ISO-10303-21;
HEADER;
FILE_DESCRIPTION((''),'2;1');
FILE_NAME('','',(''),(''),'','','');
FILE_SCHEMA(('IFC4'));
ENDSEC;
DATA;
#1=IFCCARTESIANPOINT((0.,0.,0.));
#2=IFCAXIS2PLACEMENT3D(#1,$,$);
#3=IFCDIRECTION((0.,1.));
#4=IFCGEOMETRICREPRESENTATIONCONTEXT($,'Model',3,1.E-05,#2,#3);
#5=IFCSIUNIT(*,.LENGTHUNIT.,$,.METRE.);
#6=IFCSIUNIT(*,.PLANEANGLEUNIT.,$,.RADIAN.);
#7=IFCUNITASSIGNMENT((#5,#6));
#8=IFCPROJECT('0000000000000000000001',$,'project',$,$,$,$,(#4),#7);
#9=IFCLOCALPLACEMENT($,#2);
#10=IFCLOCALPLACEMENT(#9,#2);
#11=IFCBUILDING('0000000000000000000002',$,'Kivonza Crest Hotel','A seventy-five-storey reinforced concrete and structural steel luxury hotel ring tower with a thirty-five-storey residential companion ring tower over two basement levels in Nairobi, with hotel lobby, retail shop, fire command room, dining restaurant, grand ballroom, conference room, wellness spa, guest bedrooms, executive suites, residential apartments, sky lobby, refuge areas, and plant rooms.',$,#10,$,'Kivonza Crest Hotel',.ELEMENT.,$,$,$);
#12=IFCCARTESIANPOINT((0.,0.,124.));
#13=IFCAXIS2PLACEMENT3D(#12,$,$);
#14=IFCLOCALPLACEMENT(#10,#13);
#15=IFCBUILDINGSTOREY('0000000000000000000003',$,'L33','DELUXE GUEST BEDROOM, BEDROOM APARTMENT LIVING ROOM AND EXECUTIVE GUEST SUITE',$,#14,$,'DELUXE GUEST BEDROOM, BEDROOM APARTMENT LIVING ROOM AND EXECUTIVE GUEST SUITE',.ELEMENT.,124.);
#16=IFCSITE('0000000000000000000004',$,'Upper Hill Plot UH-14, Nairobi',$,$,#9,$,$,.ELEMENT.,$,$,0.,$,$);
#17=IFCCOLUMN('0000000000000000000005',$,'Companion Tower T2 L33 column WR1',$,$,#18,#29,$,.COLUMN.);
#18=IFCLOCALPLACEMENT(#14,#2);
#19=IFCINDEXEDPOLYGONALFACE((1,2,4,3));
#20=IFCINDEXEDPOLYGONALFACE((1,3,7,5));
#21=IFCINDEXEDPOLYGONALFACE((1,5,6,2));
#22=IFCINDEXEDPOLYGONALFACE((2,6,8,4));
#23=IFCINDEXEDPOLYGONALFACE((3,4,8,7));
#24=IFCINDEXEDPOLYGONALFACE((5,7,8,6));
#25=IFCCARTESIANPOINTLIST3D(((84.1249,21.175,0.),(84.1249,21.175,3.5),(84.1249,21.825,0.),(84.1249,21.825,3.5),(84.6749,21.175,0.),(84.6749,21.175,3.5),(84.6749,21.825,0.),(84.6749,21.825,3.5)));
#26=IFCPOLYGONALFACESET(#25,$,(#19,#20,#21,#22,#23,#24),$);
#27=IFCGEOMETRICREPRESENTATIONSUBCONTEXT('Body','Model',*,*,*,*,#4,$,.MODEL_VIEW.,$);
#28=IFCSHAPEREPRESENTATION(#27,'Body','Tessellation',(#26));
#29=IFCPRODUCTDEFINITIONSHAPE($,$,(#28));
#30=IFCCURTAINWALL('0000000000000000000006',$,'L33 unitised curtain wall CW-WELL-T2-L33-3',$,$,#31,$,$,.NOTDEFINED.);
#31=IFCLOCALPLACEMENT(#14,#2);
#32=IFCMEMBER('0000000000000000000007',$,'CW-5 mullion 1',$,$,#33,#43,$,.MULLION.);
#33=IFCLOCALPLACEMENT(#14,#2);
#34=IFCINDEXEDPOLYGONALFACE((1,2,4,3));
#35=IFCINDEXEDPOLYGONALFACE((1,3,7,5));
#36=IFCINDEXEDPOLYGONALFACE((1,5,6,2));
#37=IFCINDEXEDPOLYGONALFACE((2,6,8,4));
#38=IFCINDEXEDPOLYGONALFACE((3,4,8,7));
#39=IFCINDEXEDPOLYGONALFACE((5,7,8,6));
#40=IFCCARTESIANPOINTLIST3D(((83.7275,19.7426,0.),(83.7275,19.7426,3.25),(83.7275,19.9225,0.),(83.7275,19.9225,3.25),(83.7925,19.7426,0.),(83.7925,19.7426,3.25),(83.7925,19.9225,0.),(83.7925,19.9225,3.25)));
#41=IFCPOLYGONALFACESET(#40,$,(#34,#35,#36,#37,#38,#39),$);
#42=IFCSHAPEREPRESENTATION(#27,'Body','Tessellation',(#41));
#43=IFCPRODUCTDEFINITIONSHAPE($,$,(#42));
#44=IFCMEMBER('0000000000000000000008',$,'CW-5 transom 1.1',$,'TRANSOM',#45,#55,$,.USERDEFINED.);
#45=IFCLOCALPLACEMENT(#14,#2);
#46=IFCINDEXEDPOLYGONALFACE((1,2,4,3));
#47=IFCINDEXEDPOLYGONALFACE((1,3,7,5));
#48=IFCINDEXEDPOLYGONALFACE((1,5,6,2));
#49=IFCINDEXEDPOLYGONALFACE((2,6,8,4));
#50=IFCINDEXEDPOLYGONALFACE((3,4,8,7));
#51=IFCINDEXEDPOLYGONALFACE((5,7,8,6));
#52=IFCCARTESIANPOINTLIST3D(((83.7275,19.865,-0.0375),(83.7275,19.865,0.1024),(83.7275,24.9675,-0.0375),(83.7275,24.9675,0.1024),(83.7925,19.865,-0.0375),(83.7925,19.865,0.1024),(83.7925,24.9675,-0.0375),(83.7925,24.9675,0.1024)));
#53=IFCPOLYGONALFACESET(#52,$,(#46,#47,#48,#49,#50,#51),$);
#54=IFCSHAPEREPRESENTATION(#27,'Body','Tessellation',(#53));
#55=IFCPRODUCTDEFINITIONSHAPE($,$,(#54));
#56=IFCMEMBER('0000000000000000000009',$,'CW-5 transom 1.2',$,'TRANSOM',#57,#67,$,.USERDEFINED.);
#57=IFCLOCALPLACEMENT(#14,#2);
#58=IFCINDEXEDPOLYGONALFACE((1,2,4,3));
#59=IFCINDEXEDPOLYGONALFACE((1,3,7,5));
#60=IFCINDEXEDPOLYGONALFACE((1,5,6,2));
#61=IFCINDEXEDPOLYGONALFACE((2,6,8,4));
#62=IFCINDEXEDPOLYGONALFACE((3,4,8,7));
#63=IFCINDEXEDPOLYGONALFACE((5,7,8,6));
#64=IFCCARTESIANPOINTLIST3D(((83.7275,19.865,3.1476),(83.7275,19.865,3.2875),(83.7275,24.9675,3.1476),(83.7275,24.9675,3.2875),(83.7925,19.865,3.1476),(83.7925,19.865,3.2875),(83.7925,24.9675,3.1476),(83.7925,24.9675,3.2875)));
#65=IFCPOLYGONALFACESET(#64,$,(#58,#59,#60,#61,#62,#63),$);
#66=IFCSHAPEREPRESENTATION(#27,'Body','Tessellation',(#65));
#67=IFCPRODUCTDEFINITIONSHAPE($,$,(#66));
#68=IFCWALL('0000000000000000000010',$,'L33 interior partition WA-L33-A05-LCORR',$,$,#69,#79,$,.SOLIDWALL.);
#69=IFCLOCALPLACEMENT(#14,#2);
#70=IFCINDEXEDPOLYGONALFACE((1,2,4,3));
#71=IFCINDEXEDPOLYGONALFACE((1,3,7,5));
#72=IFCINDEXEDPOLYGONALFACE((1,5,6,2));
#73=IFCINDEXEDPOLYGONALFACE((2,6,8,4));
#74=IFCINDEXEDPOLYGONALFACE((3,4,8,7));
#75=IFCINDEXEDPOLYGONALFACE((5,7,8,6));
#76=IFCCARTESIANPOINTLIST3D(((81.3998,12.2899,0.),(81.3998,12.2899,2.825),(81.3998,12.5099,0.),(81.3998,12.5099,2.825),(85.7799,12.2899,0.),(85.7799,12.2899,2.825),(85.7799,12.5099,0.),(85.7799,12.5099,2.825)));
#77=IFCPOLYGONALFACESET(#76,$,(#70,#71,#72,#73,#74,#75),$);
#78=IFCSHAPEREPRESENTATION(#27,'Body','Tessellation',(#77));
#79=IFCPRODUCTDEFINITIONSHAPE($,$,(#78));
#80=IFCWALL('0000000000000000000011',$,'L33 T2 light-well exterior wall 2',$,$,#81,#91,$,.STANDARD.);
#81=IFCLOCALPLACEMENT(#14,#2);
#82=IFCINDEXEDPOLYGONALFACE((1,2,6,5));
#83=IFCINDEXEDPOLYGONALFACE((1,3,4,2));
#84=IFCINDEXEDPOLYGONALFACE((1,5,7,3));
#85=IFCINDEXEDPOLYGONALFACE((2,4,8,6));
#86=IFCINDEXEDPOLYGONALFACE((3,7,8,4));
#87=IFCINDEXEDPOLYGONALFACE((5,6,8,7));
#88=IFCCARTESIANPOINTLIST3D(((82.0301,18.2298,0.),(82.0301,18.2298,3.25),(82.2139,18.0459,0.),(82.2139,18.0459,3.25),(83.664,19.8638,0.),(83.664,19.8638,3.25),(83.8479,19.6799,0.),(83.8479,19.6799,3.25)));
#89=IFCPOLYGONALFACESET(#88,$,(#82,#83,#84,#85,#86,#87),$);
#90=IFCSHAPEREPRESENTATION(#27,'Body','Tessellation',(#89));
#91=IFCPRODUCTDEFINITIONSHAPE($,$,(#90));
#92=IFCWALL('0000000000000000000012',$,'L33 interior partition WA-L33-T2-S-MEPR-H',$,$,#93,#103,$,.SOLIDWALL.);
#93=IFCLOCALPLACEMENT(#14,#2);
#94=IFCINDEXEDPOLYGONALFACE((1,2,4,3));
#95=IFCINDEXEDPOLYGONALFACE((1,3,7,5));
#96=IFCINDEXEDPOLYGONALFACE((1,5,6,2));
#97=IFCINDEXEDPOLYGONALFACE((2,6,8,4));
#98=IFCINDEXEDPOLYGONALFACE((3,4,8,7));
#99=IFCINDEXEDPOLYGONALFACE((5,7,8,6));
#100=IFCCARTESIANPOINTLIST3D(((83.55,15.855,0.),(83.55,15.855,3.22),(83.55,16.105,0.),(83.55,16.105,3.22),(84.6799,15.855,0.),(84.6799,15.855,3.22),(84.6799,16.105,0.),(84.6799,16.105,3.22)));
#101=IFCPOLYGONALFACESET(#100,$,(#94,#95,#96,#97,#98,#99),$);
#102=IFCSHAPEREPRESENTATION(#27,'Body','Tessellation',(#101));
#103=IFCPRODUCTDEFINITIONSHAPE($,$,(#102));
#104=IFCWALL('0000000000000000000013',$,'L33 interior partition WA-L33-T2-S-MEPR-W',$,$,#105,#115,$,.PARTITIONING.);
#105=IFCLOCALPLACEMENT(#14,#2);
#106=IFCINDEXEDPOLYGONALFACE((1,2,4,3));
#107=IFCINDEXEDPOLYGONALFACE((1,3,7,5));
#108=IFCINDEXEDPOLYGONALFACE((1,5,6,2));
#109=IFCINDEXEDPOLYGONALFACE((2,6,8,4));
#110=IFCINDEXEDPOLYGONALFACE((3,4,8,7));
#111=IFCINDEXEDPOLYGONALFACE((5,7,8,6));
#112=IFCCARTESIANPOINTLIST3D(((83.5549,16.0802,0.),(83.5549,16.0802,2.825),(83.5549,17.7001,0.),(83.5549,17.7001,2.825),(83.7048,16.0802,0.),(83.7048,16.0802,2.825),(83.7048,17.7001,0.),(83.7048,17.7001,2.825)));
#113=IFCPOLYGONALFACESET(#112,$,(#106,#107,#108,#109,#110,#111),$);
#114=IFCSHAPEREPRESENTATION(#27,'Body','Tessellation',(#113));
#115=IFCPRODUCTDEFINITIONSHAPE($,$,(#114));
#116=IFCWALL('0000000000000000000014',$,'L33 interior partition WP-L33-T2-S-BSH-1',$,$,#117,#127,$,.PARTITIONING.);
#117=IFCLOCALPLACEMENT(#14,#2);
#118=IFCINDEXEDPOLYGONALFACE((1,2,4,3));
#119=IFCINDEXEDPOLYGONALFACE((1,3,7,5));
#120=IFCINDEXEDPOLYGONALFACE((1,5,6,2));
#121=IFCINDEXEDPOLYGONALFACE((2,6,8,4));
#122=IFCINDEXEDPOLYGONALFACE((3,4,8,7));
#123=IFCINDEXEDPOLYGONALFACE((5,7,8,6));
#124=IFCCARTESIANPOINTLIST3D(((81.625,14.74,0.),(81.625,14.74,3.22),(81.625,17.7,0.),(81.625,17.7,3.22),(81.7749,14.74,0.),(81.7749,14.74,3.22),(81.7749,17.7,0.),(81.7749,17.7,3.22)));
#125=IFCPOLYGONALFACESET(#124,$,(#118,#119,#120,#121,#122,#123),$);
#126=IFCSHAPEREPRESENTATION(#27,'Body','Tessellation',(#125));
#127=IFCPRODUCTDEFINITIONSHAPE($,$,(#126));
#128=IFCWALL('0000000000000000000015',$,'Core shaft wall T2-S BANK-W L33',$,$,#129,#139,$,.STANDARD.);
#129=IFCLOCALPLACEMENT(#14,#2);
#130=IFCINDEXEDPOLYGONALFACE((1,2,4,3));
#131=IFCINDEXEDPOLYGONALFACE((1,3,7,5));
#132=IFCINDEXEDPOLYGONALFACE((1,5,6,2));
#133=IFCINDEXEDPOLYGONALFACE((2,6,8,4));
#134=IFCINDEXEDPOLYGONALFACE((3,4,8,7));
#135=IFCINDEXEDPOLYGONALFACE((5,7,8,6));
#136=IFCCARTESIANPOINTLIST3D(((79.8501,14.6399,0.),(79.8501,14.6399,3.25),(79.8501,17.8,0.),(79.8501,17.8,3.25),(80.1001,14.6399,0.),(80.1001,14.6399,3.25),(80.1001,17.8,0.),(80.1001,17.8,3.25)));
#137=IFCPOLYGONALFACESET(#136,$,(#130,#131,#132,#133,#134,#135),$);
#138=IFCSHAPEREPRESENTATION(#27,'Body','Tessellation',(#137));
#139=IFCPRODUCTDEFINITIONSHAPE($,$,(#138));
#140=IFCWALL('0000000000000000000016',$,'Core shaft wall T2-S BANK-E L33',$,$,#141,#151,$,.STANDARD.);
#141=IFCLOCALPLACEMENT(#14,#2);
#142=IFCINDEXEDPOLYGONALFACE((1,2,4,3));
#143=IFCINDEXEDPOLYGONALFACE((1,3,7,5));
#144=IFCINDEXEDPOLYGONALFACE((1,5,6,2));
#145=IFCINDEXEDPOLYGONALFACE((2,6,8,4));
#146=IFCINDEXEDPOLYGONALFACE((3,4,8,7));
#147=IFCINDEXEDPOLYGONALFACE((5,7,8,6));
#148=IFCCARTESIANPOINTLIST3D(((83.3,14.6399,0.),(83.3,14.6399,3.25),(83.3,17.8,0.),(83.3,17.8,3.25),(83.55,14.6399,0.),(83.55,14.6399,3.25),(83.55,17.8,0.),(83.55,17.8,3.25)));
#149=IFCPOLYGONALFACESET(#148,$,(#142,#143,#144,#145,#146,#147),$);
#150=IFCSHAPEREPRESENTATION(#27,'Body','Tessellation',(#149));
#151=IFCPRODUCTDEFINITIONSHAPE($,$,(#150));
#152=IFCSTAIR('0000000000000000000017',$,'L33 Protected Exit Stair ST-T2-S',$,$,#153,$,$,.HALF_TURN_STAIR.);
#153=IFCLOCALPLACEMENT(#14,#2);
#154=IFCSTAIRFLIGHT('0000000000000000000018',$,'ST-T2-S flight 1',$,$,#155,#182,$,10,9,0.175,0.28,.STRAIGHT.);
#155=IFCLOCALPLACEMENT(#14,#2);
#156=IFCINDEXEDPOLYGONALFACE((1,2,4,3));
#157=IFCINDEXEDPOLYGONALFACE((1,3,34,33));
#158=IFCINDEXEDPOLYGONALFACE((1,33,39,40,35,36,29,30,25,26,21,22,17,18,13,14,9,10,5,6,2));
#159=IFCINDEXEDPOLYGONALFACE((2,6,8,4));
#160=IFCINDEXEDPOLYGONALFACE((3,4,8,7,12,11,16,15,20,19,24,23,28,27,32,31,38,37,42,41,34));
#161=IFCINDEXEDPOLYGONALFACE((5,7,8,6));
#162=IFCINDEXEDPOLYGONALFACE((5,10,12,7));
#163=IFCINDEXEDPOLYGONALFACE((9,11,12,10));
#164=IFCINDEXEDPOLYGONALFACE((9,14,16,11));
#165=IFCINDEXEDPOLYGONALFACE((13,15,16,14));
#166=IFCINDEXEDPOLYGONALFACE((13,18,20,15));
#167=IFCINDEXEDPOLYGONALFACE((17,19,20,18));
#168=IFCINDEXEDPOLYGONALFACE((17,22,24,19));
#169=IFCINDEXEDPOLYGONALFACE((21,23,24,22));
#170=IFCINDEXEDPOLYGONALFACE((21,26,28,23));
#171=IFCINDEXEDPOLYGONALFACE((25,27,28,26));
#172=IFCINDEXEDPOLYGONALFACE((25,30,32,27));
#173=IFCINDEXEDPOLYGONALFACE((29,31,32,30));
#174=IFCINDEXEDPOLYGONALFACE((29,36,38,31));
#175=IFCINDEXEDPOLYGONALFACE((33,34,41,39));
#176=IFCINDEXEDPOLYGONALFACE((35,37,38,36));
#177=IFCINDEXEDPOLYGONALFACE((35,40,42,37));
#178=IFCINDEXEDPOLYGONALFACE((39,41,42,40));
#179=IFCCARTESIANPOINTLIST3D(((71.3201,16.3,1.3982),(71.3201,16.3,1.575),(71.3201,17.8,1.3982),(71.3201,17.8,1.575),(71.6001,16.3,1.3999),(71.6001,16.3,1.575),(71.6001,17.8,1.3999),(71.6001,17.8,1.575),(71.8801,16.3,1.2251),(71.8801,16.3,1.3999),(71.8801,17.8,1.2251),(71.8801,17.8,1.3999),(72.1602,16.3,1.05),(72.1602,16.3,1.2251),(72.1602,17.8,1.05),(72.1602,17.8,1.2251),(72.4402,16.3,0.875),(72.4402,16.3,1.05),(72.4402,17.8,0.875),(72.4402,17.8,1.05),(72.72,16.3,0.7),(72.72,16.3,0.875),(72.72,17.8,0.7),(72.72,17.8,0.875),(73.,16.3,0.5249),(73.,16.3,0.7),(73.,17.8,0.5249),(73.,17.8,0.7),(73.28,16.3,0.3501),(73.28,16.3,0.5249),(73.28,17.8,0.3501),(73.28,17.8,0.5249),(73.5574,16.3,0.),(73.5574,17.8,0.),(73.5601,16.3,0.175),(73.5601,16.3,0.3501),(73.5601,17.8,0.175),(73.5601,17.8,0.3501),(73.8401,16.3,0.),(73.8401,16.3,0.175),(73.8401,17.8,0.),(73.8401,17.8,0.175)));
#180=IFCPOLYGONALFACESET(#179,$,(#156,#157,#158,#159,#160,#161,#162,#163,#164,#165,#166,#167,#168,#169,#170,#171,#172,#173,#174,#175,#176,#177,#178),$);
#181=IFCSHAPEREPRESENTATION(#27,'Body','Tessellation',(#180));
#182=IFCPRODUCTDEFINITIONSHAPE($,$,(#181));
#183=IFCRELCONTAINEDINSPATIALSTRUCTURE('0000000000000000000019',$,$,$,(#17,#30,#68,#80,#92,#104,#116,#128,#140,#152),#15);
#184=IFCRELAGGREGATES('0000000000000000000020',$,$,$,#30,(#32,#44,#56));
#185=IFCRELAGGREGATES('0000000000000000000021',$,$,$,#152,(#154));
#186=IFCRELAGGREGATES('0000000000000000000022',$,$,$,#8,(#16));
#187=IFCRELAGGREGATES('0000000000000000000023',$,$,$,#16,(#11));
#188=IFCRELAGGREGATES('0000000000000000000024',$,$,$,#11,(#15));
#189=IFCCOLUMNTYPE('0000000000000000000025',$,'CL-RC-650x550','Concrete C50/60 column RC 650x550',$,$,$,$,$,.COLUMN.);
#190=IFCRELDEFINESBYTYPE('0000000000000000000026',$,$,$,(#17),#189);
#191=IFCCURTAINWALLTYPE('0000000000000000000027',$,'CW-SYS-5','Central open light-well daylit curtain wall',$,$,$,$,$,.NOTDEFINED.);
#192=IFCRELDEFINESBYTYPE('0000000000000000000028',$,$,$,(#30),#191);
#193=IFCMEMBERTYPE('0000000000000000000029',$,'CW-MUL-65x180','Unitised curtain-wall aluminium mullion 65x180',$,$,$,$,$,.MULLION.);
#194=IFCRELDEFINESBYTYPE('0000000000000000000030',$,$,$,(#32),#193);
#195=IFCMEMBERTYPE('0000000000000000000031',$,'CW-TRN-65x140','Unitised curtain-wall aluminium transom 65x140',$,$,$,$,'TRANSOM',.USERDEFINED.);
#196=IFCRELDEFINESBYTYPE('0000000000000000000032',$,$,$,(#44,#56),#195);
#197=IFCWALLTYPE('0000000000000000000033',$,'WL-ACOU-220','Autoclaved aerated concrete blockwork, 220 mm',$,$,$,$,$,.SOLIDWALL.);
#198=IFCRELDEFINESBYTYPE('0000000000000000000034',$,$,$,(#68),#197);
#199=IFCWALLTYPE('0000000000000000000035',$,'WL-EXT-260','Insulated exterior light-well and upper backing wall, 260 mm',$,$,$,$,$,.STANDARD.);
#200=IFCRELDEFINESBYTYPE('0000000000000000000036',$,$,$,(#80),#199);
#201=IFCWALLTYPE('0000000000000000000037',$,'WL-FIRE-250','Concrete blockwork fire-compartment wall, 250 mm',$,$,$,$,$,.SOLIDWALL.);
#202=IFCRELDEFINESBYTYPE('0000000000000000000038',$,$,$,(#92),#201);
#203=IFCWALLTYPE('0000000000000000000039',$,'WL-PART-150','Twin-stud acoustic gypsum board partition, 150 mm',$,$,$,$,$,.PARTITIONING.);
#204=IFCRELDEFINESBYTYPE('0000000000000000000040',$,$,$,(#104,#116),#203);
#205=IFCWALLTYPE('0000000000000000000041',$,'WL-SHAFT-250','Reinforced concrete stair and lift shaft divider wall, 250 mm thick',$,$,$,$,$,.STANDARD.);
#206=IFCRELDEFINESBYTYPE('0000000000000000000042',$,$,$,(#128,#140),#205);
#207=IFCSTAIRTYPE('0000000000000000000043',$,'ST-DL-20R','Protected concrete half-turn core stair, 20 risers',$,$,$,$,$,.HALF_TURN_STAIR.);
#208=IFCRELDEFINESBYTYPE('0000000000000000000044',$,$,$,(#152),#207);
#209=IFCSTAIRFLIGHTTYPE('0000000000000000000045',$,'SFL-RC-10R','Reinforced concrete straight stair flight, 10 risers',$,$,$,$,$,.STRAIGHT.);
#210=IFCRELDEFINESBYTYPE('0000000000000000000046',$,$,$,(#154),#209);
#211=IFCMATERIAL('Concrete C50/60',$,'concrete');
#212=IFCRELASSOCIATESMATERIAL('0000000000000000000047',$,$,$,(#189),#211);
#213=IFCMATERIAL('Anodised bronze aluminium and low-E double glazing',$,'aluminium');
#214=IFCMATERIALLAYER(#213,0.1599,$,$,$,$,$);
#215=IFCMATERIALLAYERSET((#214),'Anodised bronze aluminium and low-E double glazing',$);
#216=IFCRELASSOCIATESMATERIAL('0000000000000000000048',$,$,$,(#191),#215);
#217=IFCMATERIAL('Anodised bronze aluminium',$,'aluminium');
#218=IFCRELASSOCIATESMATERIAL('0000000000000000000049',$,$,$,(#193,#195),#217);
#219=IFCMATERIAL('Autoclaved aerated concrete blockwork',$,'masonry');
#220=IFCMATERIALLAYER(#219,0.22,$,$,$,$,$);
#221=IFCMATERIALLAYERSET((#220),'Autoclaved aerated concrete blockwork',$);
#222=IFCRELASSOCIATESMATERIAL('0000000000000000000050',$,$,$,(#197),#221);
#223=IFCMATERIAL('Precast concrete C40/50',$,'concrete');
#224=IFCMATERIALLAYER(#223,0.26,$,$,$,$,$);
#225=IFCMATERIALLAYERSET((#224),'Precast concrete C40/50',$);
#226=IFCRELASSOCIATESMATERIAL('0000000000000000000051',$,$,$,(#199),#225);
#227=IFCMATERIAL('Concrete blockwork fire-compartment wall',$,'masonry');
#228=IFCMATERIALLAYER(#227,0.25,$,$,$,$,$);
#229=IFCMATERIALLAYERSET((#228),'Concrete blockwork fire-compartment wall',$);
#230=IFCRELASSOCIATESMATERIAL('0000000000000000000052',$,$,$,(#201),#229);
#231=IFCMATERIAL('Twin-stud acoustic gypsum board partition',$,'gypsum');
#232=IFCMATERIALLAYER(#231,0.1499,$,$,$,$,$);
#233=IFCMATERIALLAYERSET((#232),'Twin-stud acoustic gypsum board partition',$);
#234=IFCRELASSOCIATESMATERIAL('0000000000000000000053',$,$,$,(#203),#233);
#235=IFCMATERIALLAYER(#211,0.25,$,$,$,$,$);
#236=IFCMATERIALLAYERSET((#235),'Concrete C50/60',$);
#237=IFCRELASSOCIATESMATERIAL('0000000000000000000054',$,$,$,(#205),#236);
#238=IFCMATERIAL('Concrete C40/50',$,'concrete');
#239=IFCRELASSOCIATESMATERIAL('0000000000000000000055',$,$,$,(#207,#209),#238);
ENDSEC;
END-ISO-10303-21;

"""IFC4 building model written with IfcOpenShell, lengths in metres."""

from ifc_helpers import new_model, si_unit, direction, frame, frame_2d, origin, origin_2d, place, context, subcontext, project, spatial, polyline, rectangle, outline, extrude, material, layer, layer_set, material_profile, profile_set, type_object, element, aggregate, save


model = new_model("IFC4")

# Units and contexts
model_context = context("Model", 3, precision=1e-05, world=origin(), true_north=direction((0.0, 1.0)))
body_context = subcontext(model_context, "Body", "Model", "MODEL_VIEW")
ifc_project = project(units=[si_unit("LENGTHUNIT", "METRE"), si_unit("PLANEANGLEUNIT", "RADIAN")], contexts=[model_context])

# Site, building, storey
site_placement = place(None, origin())
site = spatial("IfcSite", under=ifc_project, at=site_placement, Name="Upper Hill Plot UH-14, Nairobi", CompositionType="ELEMENT", RefElevation=0.0)
building_placement = place(site_placement, origin())
building = spatial("IfcBuilding", under=site, at=building_placement, Name="Kivonza Crest Hotel", Description="A seventy-five-storey reinforced concrete and structural steel luxury hotel ring tower with a thirty-five-storey residential companion ring tower over two basement levels in Nairobi, with hotel lobby, retail shop, fire command room, dining restaurant, grand ballroom, conference room, wellness spa, guest bedrooms, executive suites, residential apartments, sky lobby, refuge areas, and plant rooms.", LongName="Kivonza Crest Hotel", CompositionType="ELEMENT")
storey_placement = place(building_placement, frame((0.0, 0.0, 124.0)))
storey = spatial("IfcBuildingStorey", under=building, at=storey_placement, Name="L33", Description="DELUXE GUEST BEDROOM, BEDROOM APARTMENT LIVING ROOM AND EXECUTIVE GUEST SUITE", LongName="DELUXE GUEST BEDROOM, BEDROOM APARTMENT LIVING ROOM AND EXECUTIVE GUEST SUITE", CompositionType="ELEMENT", Elevation=124.0)

# Column
ifc_material_1 = material(Name="Concrete C50/60", Category="concrete")
ifc_material_profile_1 = material_profile(ifc_material_1, rectangle(XDim=0.55, YDim=0.6499, at=origin_2d()), Name="RC 650x550")
ifc_profile_set_1 = profile_set([ifc_material_profile_1], Name="Concrete C50/60")
column_type = type_object("IfcColumnType", Name="CL-RC-650x550", Description="Concrete C50/60 column RC 650x550", PredefinedType="COLUMN", material=ifc_profile_set_1)
column_placement = place(storey_placement, frame((84.3999, 21.5, 0.0), z_axis=(0.0, 0.0, 1.0), x_axis=(1.0, 0.0, 0.0)))
element("IfcColumn", 1, at=column_placement, inside=storey, type_object=column_type, Name="Companion Tower T2 L33 column WR1", PredefinedType="COLUMN", context=body_context, shape_type="SweptSolid", body=[
    extrude(rectangle(XDim=0.55, YDim=0.6499, at=origin_2d()), origin(), (0.0, 0.0, 1.0), 3.5),
])

# Curtain wall, members
ifc_material_2 = material(Name="Anodised bronze aluminium and low-E double glazing", Category="aluminium")
ifc_layer_1 = layer(ifc_material_2, 0.1599)
ifc_layer_set_1 = layer_set([ifc_layer_1], Name="Anodised bronze aluminium and low-E double glazing")
curtain_wall_type = type_object("IfcCurtainWallType", Name="CW-SYS-5", Description="Central open light-well daylit curtain wall", PredefinedType="NOTDEFINED", material=ifc_layer_set_1)
curtain_wall_placement = place(storey_placement, origin())
curtain_wall = element("IfcCurtainWall", 2, at=curtain_wall_placement, inside=storey, type_object=curtain_wall_type, Name="L33 unitised curtain wall CW-WELL-T2-L33-3", PredefinedType="NOTDEFINED")
ifc_material_3 = material(Name="Anodised bronze aluminium", Category="aluminium")
ifc_material_profile_2 = material_profile(ifc_material_3, rectangle(XDim=0.0649, YDim=0.1799, at=origin_2d()), Name="CW-M 65x180")
ifc_profile_set_2 = profile_set([ifc_material_profile_2], Name="Anodised bronze aluminium")
member_type_1 = type_object("IfcMemberType", Name="CW-MUL-65x180", Description="Unitised curtain-wall aluminium mullion 65x180", PredefinedType="MULLION", material=ifc_profile_set_2)
member_1_placement = place(storey_placement, frame((83.76, 19.8325, 0.0), z_axis=(0.0, 0.0, 1.0), x_axis=(-1.0, 0.0, 0.0)))
member_1 = element("IfcMember", 3, at=member_1_placement, type_object=member_type_1, Name="CW-5 mullion 1", PredefinedType="MULLION", context=body_context, shape_type="SweptSolid", body=[
    extrude(rectangle(XDim=0.0649, YDim=0.1799, at=origin_2d()), origin(), (0.0, 0.0, 1.0), 3.25),
])
ifc_material_profile_3 = material_profile(ifc_material_3, rectangle(XDim=0.0649, YDim=0.1399, at=origin_2d()), Name="CW-T 65x140")
ifc_profile_set_3 = profile_set([ifc_material_profile_3], Name="Anodised bronze aluminium")
member_type_2 = type_object("IfcMemberType", Name="CW-TRN-65x140", Description="Unitised curtain-wall aluminium transom 65x140", ElementType="TRANSOM", PredefinedType="USERDEFINED", material=ifc_profile_set_3)
member_2_placement = place(storey_placement, frame((83.76, 19.865, 0.0325), z_axis=(0.0, 1.0, 0.0), x_axis=(-1.0, 0.0, 0.0)))
member_2 = element("IfcMember", 4, at=member_2_placement, type_object=member_type_2, Name="CW-5 transom 1.1", ObjectType="TRANSOM", PredefinedType="USERDEFINED", context=body_context, shape_type="SweptSolid", body=[
    extrude(rectangle(XDim=0.0649, YDim=0.1399, at=origin_2d()), origin(), (0.0, 0.0, 1.0), 5.1025),
])
member_3_placement = place(storey_placement, frame((83.76, 19.865, 3.2175), z_axis=(0.0, 1.0, 0.0), x_axis=(-1.0, 0.0, 0.0)))
member_3 = element("IfcMember", 5, at=member_3_placement, type_object=member_type_2, Name="CW-5 transom 1.2", ObjectType="TRANSOM", PredefinedType="USERDEFINED", context=body_context, shape_type="SweptSolid", body=[
    extrude(rectangle(XDim=0.0649, YDim=0.1399, at=origin_2d()), origin(), (0.0, 0.0, 1.0), 5.1025),
])
aggregate(curtain_wall, [member_1, member_2, member_3])

# Walls
ifc_material_4 = material(Name="Autoclaved aerated concrete blockwork", Category="masonry")
ifc_layer_2 = layer(ifc_material_4, 0.22)
ifc_layer_set_2 = layer_set([ifc_layer_2], Name="Autoclaved aerated concrete blockwork")
wall_type_1 = type_object("IfcWallType", Name="WL-ACOU-220", Description="Autoclaved aerated concrete blockwork, 220 mm", PredefinedType="SOLIDWALL", material=ifc_layer_set_2)
wall_1_placement = place(storey_placement, frame((81.3999, 12.3999, 0.0), z_axis=(0.0, 0.0, 1.0), x_axis=(1.0, 0.0, 0.0)))
element("IfcWall", 6, at=wall_1_placement, inside=storey, type_object=wall_type_1, Name="L33 interior partition WA-L33-A05-LCORR", PredefinedType="SOLIDWALL", context=body_context, shape_type="SweptSolid", body=[
    extrude(rectangle(XDim=4.3801, YDim=0.22, at=frame_2d((2.1899, 0.0))), origin(), (0.0, 0.0, 1.0), 2.825),
])
ifc_material_5 = material(Name="Precast concrete C40/50", Category="concrete")
ifc_layer_3 = layer(ifc_material_5, 0.26)
ifc_layer_set_3 = layer_set([ifc_layer_3], Name="Precast concrete C40/50")
wall_type_2 = type_object("IfcWallType", Name="WL-EXT-260", Description="Insulated exterior light-well and upper backing wall, 260 mm", PredefinedType="STANDARD", material=ifc_layer_set_3)
wall_2_placement = place(storey_placement, frame((82.1221, 18.1379, 0.0), z_axis=(0.0, 0.0, 1.0), x_axis=(0.707107, 0.707107, 0.0)))
element("IfcWall", 7, at=wall_2_placement, inside=storey, type_object=wall_type_2, Name="L33 T2 light-well exterior wall 2", PredefinedType="STANDARD", context=body_context, shape_type="SweptSolid", body=[
    extrude(rectangle(XDim=2.3108, YDim=0.26, at=frame_2d((1.1553, 0.0))), origin(), (0.0, 0.0, 1.0), 3.25),
])
ifc_material_6 = material(Name="Concrete blockwork fire-compartment wall", Category="masonry")
ifc_layer_4 = layer(ifc_material_6, 0.25)
ifc_layer_set_4 = layer_set([ifc_layer_4], Name="Concrete blockwork fire-compartment wall")
wall_type_3 = type_object("IfcWallType", Name="WL-FIRE-250", Description="Concrete blockwork fire-compartment wall, 250 mm", PredefinedType="SOLIDWALL", material=ifc_layer_set_4)
wall_3_placement = place(storey_placement, frame((83.55, 15.98, 0.0), z_axis=(0.0, 0.0, 1.0), x_axis=(1.0, 0.0, 0.0)))
element("IfcWall", 8, at=wall_3_placement, inside=storey, type_object=wall_type_3, Name="L33 interior partition WA-L33-T2-S-MEPR-H", PredefinedType="SOLIDWALL", context=body_context, shape_type="SweptSolid", body=[
    extrude(rectangle(XDim=1.1299, YDim=0.25, at=frame_2d((0.5649, 0.0))), origin(), (0.0, 0.0, 1.0), 3.22),
])
ifc_material_7 = material(Name="Twin-stud acoustic gypsum board partition", Category="gypsum")
ifc_layer_5 = layer(ifc_material_7, 0.1499)
ifc_layer_set_5 = layer_set([ifc_layer_5], Name="Twin-stud acoustic gypsum board partition")
wall_type_4 = type_object("IfcWallType", Name="WL-PART-150", Description="Twin-stud acoustic gypsum board partition, 150 mm", PredefinedType="PARTITIONING", material=ifc_layer_set_5)
wall_4_placement = place(storey_placement, frame((83.6299, 16.0801, 0.0), z_axis=(0.0, 0.0, 1.0), x_axis=(0.0, 1.0, 0.0)))
element("IfcWall", 9, at=wall_4_placement, inside=storey, type_object=wall_type_4, Name="L33 interior partition WA-L33-T2-S-MEPR-W", PredefinedType="PARTITIONING", context=body_context, shape_type="SweptSolid", body=[
    extrude(rectangle(XDim=1.6199, YDim=0.1499, at=frame_2d((0.8101, 0.0))), origin(), (0.0, 0.0, 1.0), 2.825),
])
wall_5_placement = place(storey_placement, frame((81.7, 14.74, 0.0), z_axis=(0.0, 0.0, 1.0), x_axis=(0.0, 1.0, 0.0)))
element("IfcWall", 10, at=wall_5_placement, inside=storey, type_object=wall_type_4, Name="L33 interior partition WP-L33-T2-S-BSH-1", PredefinedType="PARTITIONING", context=body_context, shape_type="SweptSolid", body=[
    extrude(rectangle(XDim=2.96, YDim=0.1499, at=frame_2d((1.48, 0.0))), origin(), (0.0, 0.0, 1.0), 3.22),
])

# Shared definitions
ifc_layer_6 = layer(ifc_material_1, 0.25)
ifc_layer_set_6 = layer_set([ifc_layer_6], Name="Concrete C50/60")
wall_type_5 = type_object("IfcWallType", Name="WL-SHAFT-250", Description="Reinforced concrete stair and lift shaft divider wall, 250 mm thick", PredefinedType="STANDARD", material=ifc_layer_set_6)

# Walls
for number, where, z_axis, x_axis, name in (
    (11, (79.9751, 14.6399, 0.0), (0.0, 0.0, 1.0), (0.0, 1.0, 0.0), "Core shaft wall T2-S BANK-W L33"),
    (12, (83.425, 14.6399, 0.0), (0.0, 0.0, 1.0), (0.0, 1.0, 0.0), "Core shaft wall T2-S BANK-E L33"),
):
    element("IfcWall", number, at=place(storey_placement, frame(where, z_axis=z_axis, x_axis=x_axis)), inside=storey, type_object=wall_type_5, Name=name, PredefinedType="STANDARD", context=body_context, shape_type="SweptSolid", body=[
        extrude(rectangle(XDim=3.1602, YDim=0.25, at=frame_2d((1.5801, 0.0))), origin(), (0.0, 0.0, 1.0), 3.25),
    ])

# Stair, stair flight
ifc_material_8 = material(Name="Concrete C40/50", Category="concrete")
stair_type = type_object("IfcStairType", Name="ST-DL-20R", Description="Protected concrete half-turn core stair, 20 risers", PredefinedType="HALF_TURN_STAIR", material=ifc_material_8)
stair_placement = place(storey_placement, origin())
stair = element("IfcStair", 13, at=stair_placement, inside=storey, type_object=stair_type, Name="L33 Protected Exit Stair ST-T2-S", PredefinedType="HALF_TURN_STAIR")
stair_flight_type = type_object("IfcStairFlightType", Name="SFL-RC-10R", Description="Reinforced concrete straight stair flight, 10 risers", PredefinedType="STRAIGHT", material=ifc_material_8)
stair_flight_placement = place(storey_placement, frame((73.8401, 17.05, 0.0), z_axis=(0.0, 0.0, 1.0), x_axis=(-1.0, 0.0, 0.0)))
stair_flight = element("IfcStairFlight", 14, at=stair_flight_placement, type_object=stair_flight_type, Name="ST-T2-S flight 1", NumberOfRisers=10, NumberOfTreads=9, PredefinedType="STRAIGHT", RiserHeight=0.175, TreadLength=0.28, context=body_context, shape_type="SweptSolid", body=[
    extrude(outline(polyline([(0.0, 0.0), (0.0, 0.175), (0.28, 0.175), (0.28, 0.3501), (0.5601, 0.3501), (0.5601, 0.5249), (0.8401, 0.5249), (0.8401, 0.7), (1.1201, 0.7), (1.1201, 0.875), (1.3999, 0.875), (1.3999, 1.05), (1.6799, 1.05), (1.6799, 1.2251), (1.96, 1.2251), (1.96, 1.3999), (2.24, 1.3999), (2.24, 1.575), (2.52, 1.575), (2.52, 1.75), (2.52, 1.3982), (0.2827, 0.0), (0.0, 0.0)])), frame((0.0, 0.75, 0.0), z_axis=(0.0, -1.0, 0.0), x_axis=(1.0, 0.0, 0.0)), (0.0, 0.0, 1.0), 1.5),
])
aggregate(stair, [stair_flight])

save(model, "model.ifc")
